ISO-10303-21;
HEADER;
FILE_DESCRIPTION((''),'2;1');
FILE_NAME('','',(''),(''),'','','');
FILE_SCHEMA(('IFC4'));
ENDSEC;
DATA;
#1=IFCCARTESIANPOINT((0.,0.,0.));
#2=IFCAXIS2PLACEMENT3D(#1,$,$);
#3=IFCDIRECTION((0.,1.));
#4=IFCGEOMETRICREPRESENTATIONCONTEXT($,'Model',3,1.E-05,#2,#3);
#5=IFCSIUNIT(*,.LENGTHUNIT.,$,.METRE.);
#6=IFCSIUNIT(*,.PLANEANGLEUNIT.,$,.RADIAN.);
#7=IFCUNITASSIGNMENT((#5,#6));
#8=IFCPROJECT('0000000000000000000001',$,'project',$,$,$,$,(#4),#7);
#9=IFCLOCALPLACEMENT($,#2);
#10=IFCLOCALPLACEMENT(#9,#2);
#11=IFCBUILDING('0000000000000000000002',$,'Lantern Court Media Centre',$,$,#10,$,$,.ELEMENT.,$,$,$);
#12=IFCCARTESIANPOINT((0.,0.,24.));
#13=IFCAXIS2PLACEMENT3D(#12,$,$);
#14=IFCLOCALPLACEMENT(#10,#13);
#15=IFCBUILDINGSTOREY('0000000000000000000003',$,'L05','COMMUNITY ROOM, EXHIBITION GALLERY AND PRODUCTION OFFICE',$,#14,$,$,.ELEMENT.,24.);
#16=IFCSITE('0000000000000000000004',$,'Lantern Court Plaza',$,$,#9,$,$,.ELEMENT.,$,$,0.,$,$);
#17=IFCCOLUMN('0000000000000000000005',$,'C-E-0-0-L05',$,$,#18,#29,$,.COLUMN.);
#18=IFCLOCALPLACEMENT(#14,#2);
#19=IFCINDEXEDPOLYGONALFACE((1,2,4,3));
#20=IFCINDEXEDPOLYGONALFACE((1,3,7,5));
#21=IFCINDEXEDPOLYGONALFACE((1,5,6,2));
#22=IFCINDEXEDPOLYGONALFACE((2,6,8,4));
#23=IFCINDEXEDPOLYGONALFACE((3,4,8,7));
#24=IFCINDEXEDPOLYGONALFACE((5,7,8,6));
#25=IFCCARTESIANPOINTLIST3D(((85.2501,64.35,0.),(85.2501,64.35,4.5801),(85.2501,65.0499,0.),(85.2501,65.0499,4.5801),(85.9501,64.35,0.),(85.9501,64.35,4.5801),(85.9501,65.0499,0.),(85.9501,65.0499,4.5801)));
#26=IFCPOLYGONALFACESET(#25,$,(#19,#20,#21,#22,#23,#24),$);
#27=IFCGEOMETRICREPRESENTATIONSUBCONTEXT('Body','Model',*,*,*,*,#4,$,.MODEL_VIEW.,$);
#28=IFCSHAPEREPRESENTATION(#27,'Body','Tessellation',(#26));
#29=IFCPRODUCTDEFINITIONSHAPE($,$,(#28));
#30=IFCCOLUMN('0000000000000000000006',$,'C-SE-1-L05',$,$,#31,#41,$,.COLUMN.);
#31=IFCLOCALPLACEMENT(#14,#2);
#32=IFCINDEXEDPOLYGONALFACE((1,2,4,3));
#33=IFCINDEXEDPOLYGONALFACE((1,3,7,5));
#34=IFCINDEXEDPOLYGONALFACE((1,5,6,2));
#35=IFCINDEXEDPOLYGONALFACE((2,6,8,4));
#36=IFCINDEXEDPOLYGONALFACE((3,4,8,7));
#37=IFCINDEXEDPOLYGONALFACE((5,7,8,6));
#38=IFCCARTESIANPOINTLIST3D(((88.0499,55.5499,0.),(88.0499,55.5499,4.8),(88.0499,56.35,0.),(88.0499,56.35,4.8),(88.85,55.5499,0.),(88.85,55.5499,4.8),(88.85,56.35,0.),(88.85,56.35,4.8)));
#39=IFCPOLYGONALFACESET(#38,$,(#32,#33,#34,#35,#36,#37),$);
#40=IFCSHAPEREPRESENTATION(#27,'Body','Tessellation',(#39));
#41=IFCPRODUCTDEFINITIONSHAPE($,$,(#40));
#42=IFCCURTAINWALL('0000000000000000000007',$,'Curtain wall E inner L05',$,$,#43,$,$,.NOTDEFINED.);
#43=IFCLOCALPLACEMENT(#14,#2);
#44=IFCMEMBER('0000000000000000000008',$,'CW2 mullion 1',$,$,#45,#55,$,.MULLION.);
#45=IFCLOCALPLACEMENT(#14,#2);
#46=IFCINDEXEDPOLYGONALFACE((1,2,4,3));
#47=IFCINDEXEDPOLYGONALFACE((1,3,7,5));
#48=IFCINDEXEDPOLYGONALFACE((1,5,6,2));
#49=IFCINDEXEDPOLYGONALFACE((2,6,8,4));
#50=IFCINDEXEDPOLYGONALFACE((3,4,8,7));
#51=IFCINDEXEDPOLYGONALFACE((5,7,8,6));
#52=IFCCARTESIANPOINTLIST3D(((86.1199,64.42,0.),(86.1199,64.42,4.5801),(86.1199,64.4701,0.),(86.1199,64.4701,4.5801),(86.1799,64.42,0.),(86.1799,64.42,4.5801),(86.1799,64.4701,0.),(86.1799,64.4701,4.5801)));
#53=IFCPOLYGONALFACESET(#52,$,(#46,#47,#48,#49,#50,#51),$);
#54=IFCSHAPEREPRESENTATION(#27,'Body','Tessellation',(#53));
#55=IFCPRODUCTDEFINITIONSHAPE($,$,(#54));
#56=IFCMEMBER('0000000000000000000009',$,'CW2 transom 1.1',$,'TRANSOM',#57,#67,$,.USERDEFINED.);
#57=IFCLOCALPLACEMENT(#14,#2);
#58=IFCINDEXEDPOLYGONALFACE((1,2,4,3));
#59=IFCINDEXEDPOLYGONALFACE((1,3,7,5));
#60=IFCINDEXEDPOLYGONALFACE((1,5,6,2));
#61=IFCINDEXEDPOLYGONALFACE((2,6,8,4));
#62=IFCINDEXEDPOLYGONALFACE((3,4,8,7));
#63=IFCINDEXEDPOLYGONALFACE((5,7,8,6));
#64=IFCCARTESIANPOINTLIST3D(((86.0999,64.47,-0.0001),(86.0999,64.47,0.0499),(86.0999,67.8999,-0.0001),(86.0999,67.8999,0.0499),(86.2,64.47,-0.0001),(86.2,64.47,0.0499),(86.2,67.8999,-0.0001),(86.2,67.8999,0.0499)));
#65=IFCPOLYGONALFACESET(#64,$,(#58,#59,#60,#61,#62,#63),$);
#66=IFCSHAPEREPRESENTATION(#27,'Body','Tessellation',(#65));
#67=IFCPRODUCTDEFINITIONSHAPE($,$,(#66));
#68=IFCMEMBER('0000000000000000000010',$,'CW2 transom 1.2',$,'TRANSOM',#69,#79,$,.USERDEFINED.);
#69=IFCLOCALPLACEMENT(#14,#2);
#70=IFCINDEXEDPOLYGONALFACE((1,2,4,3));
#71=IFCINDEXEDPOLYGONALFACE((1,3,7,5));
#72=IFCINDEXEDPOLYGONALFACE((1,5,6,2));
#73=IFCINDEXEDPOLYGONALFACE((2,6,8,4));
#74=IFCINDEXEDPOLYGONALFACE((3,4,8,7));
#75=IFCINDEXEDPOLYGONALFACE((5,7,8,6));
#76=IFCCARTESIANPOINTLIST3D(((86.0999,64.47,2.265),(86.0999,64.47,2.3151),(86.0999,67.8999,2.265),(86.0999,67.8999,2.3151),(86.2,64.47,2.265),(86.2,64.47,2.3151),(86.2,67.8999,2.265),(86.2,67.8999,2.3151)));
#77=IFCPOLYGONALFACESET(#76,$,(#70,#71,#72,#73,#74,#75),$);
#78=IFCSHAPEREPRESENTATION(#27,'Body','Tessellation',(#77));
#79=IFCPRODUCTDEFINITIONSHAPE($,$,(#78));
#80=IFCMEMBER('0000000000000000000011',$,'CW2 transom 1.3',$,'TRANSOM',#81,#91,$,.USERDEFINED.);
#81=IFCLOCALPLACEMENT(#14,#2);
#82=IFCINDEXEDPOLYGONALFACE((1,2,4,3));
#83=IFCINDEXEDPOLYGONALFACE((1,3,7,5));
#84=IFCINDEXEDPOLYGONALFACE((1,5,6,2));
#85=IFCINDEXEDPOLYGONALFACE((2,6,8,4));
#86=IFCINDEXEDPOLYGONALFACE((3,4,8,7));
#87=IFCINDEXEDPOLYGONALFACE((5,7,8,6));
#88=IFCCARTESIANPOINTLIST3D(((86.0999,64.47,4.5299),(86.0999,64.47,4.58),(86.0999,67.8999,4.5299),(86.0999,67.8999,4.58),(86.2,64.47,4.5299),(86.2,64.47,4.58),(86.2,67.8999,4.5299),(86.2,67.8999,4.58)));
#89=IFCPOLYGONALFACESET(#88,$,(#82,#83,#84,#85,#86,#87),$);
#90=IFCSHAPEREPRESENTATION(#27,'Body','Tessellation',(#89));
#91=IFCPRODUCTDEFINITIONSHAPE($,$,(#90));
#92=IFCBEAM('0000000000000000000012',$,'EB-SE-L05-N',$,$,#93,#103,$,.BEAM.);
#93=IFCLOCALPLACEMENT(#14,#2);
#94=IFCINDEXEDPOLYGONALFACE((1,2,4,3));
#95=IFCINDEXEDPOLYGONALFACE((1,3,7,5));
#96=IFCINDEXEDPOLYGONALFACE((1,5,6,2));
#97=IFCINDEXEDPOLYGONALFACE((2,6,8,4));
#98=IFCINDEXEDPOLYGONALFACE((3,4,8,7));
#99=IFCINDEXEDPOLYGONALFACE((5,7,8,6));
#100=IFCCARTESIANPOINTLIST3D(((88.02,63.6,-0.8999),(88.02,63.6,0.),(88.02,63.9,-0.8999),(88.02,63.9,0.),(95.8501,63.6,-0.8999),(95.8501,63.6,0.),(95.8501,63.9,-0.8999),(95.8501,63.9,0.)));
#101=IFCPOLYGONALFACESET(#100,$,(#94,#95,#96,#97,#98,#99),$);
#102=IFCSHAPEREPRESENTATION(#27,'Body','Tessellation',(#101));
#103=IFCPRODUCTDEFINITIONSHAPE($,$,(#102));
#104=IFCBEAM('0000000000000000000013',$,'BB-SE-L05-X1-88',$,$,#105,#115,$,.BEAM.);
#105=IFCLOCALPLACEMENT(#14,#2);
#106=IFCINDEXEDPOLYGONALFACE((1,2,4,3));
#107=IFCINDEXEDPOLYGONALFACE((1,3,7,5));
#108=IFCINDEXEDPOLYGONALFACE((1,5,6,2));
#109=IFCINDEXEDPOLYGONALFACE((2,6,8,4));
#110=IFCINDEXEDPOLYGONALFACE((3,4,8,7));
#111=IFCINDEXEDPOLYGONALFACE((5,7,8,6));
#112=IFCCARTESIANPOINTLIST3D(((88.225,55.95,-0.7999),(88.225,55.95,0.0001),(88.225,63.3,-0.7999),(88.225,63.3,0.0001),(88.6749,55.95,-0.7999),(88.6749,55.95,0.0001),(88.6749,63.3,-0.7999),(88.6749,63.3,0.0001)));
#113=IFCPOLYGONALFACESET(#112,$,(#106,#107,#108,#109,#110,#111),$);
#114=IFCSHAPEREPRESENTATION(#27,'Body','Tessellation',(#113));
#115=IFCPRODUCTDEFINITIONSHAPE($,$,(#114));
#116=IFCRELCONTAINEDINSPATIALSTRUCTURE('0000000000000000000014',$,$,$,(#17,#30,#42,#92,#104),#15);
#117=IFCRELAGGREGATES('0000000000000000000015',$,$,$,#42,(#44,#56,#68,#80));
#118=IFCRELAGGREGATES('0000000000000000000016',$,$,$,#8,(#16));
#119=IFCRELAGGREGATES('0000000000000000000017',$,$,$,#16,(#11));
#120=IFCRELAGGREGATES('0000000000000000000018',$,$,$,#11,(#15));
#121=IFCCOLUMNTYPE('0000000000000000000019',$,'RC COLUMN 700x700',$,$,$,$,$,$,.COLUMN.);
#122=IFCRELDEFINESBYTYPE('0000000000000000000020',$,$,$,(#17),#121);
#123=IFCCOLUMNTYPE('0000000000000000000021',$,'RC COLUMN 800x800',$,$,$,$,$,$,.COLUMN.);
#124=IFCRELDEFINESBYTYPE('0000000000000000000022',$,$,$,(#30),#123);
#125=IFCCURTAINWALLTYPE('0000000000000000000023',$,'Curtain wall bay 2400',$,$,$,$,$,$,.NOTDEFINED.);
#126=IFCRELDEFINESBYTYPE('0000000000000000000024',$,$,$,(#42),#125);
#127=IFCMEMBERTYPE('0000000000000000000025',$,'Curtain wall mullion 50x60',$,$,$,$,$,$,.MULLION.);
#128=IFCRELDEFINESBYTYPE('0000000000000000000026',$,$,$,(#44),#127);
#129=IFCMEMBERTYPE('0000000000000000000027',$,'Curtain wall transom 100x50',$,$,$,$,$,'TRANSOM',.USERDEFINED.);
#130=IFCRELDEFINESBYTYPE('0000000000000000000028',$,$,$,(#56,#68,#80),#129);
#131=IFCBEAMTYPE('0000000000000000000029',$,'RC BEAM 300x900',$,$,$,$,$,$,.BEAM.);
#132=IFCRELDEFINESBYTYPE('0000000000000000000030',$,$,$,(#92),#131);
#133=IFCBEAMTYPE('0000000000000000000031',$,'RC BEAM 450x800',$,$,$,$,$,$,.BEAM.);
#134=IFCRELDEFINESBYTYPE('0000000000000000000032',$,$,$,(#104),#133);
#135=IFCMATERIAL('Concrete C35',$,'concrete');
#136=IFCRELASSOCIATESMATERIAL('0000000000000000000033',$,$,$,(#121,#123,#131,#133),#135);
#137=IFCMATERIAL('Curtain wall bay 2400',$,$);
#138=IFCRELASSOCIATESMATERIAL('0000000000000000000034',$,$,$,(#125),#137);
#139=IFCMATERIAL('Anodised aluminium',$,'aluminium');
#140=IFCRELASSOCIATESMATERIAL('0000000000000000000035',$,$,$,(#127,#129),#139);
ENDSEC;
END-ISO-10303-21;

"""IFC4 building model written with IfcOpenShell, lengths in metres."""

from ifc_helpers import new_model, si_unit, direction, frame, origin, origin_2d, place, context, subcontext, project, spatial, rectangle, extrude, material, material_profile, profile_set, type_object, element, aggregate, save


model = new_model("IFC4")

# Units and contexts
model_context = context("Model", 3, precision=1e-05, world=origin(), true_north=direction((0.0, 1.0)))
body_context = subcontext(model_context, "Body", "Model", "MODEL_VIEW")
ifc_project = project(units=[si_unit("LENGTHUNIT", "METRE"), si_unit("PLANEANGLEUNIT", "RADIAN")], contexts=[model_context])

# Site, building, storey
site_placement = place(None, origin())
site = spatial("IfcSite", under=ifc_project, at=site_placement, Name="Lantern Court Plaza", CompositionType="ELEMENT", RefElevation=0.0)
building_placement = place(site_placement, origin())
building = spatial("IfcBuilding", under=site, at=building_placement, Name="Lantern Court Media Centre", CompositionType="ELEMENT")
storey_placement = place(building_placement, frame((0.0, 0.0, 24.0)))
storey = spatial("IfcBuildingStorey", under=building, at=storey_placement, Name="L05", Description="COMMUNITY ROOM, EXHIBITION GALLERY AND PRODUCTION OFFICE", CompositionType="ELEMENT", Elevation=24.0)

# Columns
ifc_material_1 = material(Name="Concrete C35", Category="concrete")
ifc_material_profile_1 = material_profile(ifc_material_1, rectangle(XDim=0.7, YDim=0.7, at=origin_2d()), Name="RC 700x700")
ifc_profile_set_1 = profile_set([ifc_material_profile_1], Name="Concrete C35")
column_type_1 = type_object("IfcColumnType", Name="RC COLUMN 700x700", PredefinedType="COLUMN", material=ifc_profile_set_1)
column_1_placement = place(storey_placement, frame((85.6001, 64.7, 0.0), z_axis=(0.0, 0.0, 1.0), x_axis=(1.0, 0.0, 0.0)))
element("IfcColumn", 1, at=column_1_placement, inside=storey, type_object=column_type_1, Name="C-E-0-0-L05", PredefinedType="COLUMN", context=body_context, shape_type="SweptSolid", body=[
    extrude(rectangle(XDim=0.7, YDim=0.7, at=origin_2d()), origin(), (0.0, 0.0, 1.0), 4.5801),
])
ifc_material_profile_2 = material_profile(ifc_material_1, rectangle(XDim=0.8, YDim=0.8, at=origin_2d()), Name="RC 800x800")
ifc_profile_set_2 = profile_set([ifc_material_profile_2], Name="Concrete C35")
column_type_2 = type_object("IfcColumnType", Name="RC COLUMN 800x800", PredefinedType="COLUMN", material=ifc_profile_set_2)
column_2_placement = place(storey_placement, frame((88.45, 55.95, 0.0), z_axis=(0.0, 0.0, 1.0), x_axis=(1.0, 0.0, 0.0)))
element("IfcColumn", 2, at=column_2_placement, inside=storey, type_object=column_type_2, Name="C-SE-1-L05", PredefinedType="COLUMN", context=body_context, shape_type="SweptSolid", body=[
    extrude(rectangle(XDim=0.8, YDim=0.8, at=origin_2d()), origin(), (0.0, 0.0, 1.0), 4.8),
])

# Curtain wall, members
ifc_material_2 = material(Name="Curtain wall bay 2400")
curtain_wall_type = type_object("IfcCurtainWallType", Name="Curtain wall bay 2400", PredefinedType="NOTDEFINED", material=ifc_material_2)
curtain_wall_placement = place(storey_placement, origin())
curtain_wall = element("IfcCurtainWall", 3, at=curtain_wall_placement, inside=storey, type_object=curtain_wall_type, Name="Curtain wall E inner L05", PredefinedType="NOTDEFINED")
ifc_material_3 = material(Name="Anodised aluminium", Category="aluminium")
ifc_material_profile_3 = material_profile(ifc_material_3, rectangle(XDim=0.0601, YDim=0.05, at=origin_2d()), Name="AL 50x60")
ifc_profile_set_3 = profile_set([ifc_material_profile_3], Name="Anodised aluminium")
member_type_1 = type_object("IfcMemberType", Name="Curtain wall mullion 50x60", PredefinedType="MULLION", material=ifc_profile_set_3)
member_1_placement = place(storey_placement, frame((86.1499, 64.4451, 0.0), z_axis=(0.0, 0.0, 1.0), x_axis=(-1.0, 0.0, 0.0)))
member_1 = element("IfcMember", 4, at=member_1_placement, type_object=member_type_1, Name="CW2 mullion 1", PredefinedType="MULLION", context=body_context, shape_type="SweptSolid", body=[
    extrude(rectangle(XDim=0.0601, YDim=0.05, at=origin_2d()), origin(), (0.0, 0.0, 1.0), 4.5801),
])
ifc_material_profile_4 = material_profile(ifc_material_3, rectangle(XDim=0.1001, YDim=0.05, at=origin_2d()), Name="AL 50x100")
ifc_profile_set_4 = profile_set([ifc_material_profile_4], Name="Anodised aluminium")
member_type_2 = type_object("IfcMemberType", Name="Curtain wall transom 100x50", ElementType="TRANSOM", PredefinedType="USERDEFINED", material=ifc_profile_set_4)
member_2_placement = place(storey_placement, frame((86.1499, 64.47, 0.0249), z_axis=(0.0, 1.0, 0.0), x_axis=(-1.0, 0.0, 0.0)))
member_2 = element("IfcMember", 5, at=member_2_placement, type_object=member_type_2, Name="CW2 transom 1.1", ObjectType="TRANSOM", PredefinedType="USERDEFINED", context=body_context, shape_type="SweptSolid", body=[
    extrude(rectangle(XDim=0.1001, YDim=0.05, at=origin_2d()), origin(), (0.0, 0.0, 1.0), 3.4299),
])
member_3_placement = place(storey_placement, frame((86.1499, 64.47, 2.29), z_axis=(0.0, 1.0, 0.0), x_axis=(-1.0, 0.0, 0.0)))
member_3 = element("IfcMember", 6, at=member_3_placement, type_object=member_type_2, Name="CW2 transom 1.2", ObjectType="TRANSOM", PredefinedType="USERDEFINED", context=body_context, shape_type="SweptSolid", body=[
    extrude(rectangle(XDim=0.1001, YDim=0.05, at=origin_2d()), origin(), (0.0, 0.0, 1.0), 3.4299),
])
member_4_placement = place(storey_placement, frame((86.1499, 64.47, 4.5549), z_axis=(0.0, 1.0, 0.0), x_axis=(-1.0, 0.0, 0.0)))
member_4 = element("IfcMember", 7, at=member_4_placement, type_object=member_type_2, Name="CW2 transom 1.3", ObjectType="TRANSOM", PredefinedType="USERDEFINED", context=body_context, shape_type="SweptSolid", body=[
    extrude(rectangle(XDim=0.1001, YDim=0.05, at=origin_2d()), origin(), (0.0, 0.0, 1.0), 3.4299),
])
aggregate(curtain_wall, [member_1, member_2, member_3, member_4])

# Beams
ifc_material_profile_5 = material_profile(ifc_material_1, rectangle(XDim=0.3, YDim=0.8999, at=origin_2d()), Name="RC 300x900")
ifc_profile_set_5 = profile_set([ifc_material_profile_5], Name="Concrete C35")
beam_type_1 = type_object("IfcBeamType", Name="RC BEAM 300x900", PredefinedType="BEAM", material=ifc_profile_set_5)
beam_1_placement = place(storey_placement, frame((88.02, 63.75, -0.45), z_axis=(1.0, 0.0, 0.0), x_axis=(0.0, 1.0, 0.0)))
element("IfcBeam", 8, at=beam_1_placement, inside=storey, type_object=beam_type_1, Name="EB-SE-L05-N", PredefinedType="BEAM", context=body_context, shape_type="SweptSolid", body=[
    extrude(rectangle(XDim=0.3, YDim=0.8999, at=origin_2d()), origin(), (0.0, 0.0, 1.0), 7.8301),
])
ifc_material_profile_6 = material_profile(ifc_material_1, rectangle(XDim=0.45, YDim=0.8, at=origin_2d()), Name="RC 450x800")
ifc_profile_set_6 = profile_set([ifc_material_profile_6], Name="Concrete C35")
beam_type_2 = type_object("IfcBeamType", Name="RC BEAM 450x800", PredefinedType="BEAM", material=ifc_profile_set_6)
beam_2_placement = place(storey_placement, frame((88.45, 55.95, -0.3999), z_axis=(0.0, 1.0, 0.0), x_axis=(-1.0, 0.0, 0.0)))
element("IfcBeam", 9, at=beam_2_placement, inside=storey, type_object=beam_type_2, Name="BB-SE-L05-X1-88", PredefinedType="BEAM", context=body_context, shape_type="SweptSolid", body=[
    extrude(rectangle(XDim=0.45, YDim=0.8, at=origin_2d()), origin(), (0.0, 0.0, 1.0), 7.3501),
])

save(model, "model.ifc")
